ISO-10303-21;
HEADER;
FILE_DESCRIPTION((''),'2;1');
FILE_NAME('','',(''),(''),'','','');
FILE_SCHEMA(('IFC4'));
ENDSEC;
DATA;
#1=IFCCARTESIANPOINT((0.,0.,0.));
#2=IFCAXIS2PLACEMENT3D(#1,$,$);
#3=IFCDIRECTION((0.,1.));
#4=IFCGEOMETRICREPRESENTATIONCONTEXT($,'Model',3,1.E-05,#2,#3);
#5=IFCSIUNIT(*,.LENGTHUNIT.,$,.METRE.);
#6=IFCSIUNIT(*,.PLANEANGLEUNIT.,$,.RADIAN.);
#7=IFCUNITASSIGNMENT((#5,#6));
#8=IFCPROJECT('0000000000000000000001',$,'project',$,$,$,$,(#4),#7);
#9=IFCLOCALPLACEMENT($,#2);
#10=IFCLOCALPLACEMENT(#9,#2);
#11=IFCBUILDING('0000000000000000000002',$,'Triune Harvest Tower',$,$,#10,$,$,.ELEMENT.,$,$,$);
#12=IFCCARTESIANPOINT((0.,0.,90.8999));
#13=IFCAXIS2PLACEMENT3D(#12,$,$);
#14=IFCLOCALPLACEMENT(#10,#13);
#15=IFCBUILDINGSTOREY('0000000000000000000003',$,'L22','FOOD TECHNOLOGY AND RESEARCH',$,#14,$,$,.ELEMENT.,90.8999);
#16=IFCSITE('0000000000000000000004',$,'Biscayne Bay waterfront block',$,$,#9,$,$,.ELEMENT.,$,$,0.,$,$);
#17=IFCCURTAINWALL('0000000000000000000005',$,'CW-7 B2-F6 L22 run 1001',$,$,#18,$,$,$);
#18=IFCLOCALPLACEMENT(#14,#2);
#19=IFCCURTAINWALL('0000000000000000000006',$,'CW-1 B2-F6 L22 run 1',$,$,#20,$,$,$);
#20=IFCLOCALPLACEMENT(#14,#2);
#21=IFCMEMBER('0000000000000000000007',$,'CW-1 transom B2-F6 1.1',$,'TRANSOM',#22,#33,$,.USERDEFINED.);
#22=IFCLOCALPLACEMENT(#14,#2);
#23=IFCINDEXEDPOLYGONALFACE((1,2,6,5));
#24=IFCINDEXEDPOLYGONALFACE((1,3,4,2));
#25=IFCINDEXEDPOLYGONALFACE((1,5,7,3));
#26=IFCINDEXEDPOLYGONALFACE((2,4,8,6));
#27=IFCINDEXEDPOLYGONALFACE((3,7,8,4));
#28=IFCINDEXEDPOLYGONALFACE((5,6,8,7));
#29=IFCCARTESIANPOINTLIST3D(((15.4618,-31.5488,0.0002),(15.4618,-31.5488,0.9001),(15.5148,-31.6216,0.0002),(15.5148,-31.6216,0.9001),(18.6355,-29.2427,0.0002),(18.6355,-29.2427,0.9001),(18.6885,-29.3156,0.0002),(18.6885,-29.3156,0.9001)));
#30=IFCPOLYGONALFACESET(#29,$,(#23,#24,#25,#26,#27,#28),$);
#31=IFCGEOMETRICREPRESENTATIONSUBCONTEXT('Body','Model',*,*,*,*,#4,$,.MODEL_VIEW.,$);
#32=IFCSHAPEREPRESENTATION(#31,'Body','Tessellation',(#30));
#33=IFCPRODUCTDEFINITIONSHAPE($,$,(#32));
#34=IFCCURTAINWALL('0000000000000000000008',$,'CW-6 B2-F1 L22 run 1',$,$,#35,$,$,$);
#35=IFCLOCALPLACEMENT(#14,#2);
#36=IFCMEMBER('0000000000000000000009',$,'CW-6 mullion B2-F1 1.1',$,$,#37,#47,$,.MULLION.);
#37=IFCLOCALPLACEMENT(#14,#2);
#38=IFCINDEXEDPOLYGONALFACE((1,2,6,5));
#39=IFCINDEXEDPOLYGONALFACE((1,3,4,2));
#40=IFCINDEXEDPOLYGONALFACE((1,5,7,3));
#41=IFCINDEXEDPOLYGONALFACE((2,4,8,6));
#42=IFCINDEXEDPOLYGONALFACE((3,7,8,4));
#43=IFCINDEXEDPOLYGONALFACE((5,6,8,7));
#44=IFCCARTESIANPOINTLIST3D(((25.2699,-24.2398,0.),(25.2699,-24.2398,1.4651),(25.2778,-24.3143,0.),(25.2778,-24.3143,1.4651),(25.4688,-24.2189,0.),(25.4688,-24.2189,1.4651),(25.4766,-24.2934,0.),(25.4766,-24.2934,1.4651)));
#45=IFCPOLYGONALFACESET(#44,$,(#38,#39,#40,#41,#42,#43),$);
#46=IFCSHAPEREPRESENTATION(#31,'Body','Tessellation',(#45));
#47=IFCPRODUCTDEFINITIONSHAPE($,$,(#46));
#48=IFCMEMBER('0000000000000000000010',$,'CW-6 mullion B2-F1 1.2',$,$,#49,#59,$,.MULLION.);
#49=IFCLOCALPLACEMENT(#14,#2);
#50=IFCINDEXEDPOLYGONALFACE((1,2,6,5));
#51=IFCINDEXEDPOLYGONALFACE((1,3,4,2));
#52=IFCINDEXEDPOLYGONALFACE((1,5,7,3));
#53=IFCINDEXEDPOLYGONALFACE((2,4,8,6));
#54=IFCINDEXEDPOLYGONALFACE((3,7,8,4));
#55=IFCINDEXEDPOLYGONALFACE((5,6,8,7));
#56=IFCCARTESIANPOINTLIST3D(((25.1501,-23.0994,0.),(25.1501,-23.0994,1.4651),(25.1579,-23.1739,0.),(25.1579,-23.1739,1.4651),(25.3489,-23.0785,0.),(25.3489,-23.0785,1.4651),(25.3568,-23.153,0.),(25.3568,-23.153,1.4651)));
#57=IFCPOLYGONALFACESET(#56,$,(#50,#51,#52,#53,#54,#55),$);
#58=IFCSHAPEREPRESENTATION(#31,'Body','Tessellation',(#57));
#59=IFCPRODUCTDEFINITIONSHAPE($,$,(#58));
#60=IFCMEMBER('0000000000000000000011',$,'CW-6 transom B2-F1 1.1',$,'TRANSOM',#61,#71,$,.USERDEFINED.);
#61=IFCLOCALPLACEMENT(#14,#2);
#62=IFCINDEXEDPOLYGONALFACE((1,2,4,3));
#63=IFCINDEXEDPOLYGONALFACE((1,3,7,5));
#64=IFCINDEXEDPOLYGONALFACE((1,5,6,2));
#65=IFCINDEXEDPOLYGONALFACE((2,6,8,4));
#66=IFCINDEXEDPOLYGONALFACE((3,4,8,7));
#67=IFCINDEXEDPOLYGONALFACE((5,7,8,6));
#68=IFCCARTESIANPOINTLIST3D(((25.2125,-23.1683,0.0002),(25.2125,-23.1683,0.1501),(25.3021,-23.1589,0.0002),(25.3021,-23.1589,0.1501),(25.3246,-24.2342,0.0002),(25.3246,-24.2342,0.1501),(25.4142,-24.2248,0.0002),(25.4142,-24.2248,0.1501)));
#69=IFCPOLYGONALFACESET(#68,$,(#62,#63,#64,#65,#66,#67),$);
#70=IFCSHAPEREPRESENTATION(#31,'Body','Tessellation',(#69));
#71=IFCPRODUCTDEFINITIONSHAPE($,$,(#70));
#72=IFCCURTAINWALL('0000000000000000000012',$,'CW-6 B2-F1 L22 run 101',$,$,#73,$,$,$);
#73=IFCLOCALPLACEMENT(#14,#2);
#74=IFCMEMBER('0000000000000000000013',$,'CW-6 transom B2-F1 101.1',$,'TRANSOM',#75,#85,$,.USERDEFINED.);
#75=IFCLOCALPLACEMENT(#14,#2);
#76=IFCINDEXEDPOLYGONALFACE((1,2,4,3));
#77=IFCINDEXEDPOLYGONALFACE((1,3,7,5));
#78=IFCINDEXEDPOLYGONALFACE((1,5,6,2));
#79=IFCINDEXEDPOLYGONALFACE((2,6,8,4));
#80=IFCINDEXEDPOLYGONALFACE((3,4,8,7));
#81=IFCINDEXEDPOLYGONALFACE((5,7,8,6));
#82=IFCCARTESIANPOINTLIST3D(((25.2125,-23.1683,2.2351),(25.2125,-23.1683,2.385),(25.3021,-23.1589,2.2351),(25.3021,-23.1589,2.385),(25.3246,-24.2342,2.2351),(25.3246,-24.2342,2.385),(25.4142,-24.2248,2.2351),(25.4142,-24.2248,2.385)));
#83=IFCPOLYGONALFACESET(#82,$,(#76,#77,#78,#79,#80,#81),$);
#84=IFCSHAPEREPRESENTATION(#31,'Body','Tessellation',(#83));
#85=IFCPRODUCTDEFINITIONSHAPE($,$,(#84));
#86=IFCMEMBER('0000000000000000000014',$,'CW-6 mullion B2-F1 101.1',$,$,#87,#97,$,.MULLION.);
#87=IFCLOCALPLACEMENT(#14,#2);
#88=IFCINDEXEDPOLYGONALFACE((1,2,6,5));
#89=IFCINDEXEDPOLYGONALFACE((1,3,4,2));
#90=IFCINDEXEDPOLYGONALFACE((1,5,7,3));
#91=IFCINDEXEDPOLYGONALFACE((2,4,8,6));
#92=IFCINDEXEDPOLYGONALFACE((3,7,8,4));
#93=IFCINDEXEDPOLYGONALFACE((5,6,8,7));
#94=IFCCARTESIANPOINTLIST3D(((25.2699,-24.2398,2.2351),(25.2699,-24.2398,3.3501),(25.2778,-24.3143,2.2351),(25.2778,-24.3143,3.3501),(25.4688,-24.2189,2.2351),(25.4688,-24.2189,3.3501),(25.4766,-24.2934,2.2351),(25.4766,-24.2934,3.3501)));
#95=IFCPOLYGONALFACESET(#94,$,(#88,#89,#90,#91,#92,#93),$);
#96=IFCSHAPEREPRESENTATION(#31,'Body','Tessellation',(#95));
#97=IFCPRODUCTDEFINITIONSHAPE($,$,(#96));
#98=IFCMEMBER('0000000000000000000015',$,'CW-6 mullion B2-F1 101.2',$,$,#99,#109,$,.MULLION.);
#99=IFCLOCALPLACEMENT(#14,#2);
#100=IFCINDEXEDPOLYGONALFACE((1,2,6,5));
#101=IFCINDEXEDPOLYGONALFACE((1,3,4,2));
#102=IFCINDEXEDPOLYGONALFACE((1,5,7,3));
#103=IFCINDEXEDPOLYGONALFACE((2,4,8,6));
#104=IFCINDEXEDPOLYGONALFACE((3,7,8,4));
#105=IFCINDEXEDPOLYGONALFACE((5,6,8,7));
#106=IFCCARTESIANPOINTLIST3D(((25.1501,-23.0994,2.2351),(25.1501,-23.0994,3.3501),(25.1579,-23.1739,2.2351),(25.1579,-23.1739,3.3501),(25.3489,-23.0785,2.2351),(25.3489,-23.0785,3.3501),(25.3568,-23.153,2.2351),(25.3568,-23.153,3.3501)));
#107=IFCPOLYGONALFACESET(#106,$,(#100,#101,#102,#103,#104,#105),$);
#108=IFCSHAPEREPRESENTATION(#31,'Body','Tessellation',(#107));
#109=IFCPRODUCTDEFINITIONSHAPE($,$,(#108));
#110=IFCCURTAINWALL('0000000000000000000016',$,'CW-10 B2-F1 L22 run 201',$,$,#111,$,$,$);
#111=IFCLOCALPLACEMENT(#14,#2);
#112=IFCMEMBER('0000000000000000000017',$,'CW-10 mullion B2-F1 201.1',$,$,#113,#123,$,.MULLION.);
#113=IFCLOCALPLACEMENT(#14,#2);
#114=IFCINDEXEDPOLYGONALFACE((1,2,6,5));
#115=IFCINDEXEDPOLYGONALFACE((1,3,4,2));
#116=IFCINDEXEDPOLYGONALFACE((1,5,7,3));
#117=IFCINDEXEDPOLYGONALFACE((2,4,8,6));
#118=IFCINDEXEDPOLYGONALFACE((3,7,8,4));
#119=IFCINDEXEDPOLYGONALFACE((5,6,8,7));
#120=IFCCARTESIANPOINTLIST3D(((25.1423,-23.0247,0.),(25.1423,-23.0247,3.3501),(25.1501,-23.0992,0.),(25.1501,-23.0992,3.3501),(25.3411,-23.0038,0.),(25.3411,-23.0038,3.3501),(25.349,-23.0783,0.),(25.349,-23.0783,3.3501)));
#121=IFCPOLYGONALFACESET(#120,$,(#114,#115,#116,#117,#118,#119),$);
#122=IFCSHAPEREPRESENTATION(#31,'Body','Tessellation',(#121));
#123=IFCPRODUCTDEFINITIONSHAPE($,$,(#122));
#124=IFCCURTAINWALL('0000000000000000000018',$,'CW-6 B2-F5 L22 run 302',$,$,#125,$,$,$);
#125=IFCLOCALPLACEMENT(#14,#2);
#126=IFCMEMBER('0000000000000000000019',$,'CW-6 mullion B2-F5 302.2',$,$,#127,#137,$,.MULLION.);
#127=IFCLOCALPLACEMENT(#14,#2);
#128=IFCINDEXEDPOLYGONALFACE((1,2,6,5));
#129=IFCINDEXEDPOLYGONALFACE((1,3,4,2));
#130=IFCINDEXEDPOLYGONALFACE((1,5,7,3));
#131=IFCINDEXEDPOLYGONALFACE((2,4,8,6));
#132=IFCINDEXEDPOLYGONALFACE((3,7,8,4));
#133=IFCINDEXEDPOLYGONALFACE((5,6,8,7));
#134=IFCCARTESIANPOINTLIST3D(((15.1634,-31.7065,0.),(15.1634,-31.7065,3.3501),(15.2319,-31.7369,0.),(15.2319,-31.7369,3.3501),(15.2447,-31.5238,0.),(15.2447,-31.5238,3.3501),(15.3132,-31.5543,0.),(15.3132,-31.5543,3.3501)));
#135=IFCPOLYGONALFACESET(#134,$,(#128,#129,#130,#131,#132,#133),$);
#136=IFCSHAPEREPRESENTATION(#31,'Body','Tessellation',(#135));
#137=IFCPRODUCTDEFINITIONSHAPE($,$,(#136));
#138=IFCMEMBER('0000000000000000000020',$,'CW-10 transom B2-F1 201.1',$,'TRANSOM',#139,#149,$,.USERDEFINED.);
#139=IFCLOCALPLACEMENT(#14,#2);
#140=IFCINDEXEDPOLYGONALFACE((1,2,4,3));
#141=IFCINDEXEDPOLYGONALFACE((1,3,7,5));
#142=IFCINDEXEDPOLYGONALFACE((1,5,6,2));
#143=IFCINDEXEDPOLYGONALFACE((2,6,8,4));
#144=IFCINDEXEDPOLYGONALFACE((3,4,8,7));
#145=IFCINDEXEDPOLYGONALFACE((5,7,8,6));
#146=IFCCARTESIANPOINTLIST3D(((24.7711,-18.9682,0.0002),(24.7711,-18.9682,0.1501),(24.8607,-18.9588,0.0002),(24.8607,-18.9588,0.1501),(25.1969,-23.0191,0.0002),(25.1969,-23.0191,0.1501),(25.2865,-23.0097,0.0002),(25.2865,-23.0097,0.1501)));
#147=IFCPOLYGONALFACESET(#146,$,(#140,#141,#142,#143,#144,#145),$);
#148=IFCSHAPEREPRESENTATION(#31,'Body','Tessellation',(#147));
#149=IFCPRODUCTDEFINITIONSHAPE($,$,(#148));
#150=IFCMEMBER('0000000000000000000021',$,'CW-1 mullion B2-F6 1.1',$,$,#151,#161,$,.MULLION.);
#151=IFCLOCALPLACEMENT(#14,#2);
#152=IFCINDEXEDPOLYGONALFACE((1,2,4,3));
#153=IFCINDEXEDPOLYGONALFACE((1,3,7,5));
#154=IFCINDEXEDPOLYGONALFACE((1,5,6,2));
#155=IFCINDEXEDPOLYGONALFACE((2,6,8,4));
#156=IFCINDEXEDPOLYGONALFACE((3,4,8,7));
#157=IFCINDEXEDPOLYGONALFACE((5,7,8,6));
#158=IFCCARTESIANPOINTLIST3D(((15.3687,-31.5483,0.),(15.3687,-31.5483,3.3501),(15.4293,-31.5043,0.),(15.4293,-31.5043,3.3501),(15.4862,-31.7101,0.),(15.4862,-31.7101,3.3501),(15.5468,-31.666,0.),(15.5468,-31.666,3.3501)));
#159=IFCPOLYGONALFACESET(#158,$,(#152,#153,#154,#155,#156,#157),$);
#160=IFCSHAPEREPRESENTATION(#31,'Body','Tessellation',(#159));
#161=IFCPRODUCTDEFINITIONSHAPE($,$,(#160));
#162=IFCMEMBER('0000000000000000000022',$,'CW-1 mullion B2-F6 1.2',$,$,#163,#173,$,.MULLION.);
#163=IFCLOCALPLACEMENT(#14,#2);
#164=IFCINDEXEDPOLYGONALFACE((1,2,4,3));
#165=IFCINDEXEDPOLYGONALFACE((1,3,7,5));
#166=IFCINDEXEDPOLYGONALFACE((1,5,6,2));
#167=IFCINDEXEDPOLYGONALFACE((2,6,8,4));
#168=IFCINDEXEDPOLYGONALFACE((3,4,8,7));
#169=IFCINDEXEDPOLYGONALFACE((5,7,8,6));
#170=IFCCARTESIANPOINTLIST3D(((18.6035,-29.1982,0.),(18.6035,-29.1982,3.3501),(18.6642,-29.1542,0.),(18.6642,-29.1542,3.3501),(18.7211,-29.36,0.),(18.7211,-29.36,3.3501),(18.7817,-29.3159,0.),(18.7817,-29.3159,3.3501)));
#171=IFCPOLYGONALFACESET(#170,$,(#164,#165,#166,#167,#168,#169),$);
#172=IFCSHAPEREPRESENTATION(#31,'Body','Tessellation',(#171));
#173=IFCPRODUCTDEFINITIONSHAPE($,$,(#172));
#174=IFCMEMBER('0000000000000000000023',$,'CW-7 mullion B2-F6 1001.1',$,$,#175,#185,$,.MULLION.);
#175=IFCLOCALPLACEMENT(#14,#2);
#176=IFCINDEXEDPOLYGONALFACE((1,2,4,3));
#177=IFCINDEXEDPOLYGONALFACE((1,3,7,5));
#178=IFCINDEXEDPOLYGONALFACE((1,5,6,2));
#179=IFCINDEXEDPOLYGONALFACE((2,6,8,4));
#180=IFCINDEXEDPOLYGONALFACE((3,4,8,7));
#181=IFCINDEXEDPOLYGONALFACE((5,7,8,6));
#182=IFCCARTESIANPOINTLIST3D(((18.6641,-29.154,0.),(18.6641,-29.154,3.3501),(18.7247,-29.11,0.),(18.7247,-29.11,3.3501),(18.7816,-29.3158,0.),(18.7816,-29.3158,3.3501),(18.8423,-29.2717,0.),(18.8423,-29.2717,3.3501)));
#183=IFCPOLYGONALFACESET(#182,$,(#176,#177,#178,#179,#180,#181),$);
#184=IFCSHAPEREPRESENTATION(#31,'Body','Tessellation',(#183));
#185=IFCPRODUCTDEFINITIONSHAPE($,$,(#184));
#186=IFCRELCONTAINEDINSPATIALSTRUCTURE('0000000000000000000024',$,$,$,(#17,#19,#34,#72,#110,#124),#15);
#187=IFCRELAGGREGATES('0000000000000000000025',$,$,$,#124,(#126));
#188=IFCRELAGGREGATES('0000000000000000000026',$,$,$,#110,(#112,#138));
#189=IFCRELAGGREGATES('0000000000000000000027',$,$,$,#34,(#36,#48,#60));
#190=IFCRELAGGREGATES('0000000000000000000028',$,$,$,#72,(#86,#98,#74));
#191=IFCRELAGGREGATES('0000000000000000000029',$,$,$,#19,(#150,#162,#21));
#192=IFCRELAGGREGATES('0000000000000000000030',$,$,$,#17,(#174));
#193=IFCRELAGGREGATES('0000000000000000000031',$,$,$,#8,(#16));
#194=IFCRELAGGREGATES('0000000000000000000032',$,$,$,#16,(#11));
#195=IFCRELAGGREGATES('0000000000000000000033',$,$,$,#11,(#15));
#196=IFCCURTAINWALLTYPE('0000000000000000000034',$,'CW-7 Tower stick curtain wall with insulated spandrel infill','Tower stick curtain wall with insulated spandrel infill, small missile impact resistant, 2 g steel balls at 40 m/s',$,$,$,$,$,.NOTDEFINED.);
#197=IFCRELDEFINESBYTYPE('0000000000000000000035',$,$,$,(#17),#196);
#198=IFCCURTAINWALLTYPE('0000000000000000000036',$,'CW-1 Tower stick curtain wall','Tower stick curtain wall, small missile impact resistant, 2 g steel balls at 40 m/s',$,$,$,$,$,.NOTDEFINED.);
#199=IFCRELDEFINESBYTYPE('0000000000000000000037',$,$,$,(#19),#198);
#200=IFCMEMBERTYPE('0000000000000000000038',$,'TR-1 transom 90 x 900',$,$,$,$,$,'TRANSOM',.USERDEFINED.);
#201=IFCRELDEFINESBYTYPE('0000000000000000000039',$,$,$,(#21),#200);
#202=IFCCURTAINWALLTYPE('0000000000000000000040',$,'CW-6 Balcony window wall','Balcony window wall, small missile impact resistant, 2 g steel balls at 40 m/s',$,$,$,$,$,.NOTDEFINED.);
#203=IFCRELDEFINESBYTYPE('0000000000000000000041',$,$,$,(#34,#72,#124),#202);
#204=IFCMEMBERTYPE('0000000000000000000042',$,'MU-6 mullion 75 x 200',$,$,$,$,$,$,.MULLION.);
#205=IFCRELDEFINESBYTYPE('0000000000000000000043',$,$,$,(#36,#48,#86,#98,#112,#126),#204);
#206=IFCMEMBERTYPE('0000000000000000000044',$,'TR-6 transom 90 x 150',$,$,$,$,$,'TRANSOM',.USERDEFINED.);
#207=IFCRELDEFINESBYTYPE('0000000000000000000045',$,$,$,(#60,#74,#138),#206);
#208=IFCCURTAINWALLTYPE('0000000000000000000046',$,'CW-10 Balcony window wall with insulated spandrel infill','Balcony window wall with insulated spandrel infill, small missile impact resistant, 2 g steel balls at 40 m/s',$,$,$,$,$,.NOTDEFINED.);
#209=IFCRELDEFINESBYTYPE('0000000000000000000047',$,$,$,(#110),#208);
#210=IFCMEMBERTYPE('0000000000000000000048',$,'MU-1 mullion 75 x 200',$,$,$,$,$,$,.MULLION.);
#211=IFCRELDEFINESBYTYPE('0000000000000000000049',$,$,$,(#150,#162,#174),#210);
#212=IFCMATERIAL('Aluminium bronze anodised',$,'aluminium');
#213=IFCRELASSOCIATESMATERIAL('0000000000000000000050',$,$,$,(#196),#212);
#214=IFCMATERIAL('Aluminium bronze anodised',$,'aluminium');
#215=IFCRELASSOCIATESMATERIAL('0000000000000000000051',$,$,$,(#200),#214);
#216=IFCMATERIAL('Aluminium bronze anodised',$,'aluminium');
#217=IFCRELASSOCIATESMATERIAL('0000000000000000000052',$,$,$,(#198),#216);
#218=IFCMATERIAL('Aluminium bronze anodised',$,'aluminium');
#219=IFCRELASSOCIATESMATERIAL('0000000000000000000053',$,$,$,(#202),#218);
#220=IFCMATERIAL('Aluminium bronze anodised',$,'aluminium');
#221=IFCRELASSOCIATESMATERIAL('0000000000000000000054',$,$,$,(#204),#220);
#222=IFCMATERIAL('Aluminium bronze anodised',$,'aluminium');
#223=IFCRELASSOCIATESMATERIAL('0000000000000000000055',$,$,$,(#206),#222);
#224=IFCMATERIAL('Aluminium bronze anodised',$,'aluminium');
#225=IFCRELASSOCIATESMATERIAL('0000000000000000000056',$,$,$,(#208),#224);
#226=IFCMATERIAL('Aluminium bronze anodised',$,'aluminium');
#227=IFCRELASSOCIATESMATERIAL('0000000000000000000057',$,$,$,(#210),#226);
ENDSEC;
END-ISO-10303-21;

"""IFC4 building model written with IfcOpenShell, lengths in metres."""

from ifc_helpers import new_model, si_unit, direction, frame, origin, origin_2d, place, context, subcontext, project, spatial, rectangle, extrude, source, transform, mapped, material, material_profile, profile_set, type_object, element, aggregate, save


model = new_model("IFC4")

# Units and contexts
model_context = context("Model", 3, precision=1e-05, world=origin(), true_north=direction((0.0, 1.0)))
body_context = subcontext(model_context, "Body", "Model", "MODEL_VIEW")
ifc_project = project(units=[si_unit("LENGTHUNIT", "METRE"), si_unit("PLANEANGLEUNIT", "RADIAN")], contexts=[model_context])

# Site, building, storey
site_placement = place(None, origin())
site = spatial("IfcSite", under=ifc_project, at=site_placement, Name="Biscayne Bay waterfront block", CompositionType="ELEMENT", RefElevation=0.0)
building_placement = place(site_placement, origin())
building = spatial("IfcBuilding", under=site, at=building_placement, Name="Triune Harvest Tower", CompositionType="ELEMENT")
storey_placement = place(building_placement, frame((0.0, 0.0, 90.8999)))
storey = spatial("IfcBuildingStorey", under=building, at=storey_placement, Name="L22", Description="FOOD TECHNOLOGY AND RESEARCH", CompositionType="ELEMENT", Elevation=90.8999)

# Curtain walls, member
ifc_material_1 = material(Name="Aluminium bronze anodised", Category="aluminium")
curtain_wall_type_1 = type_object("IfcCurtainWallType", Name="CW-7 Tower stick curtain wall with insulated spandrel infill", Description="Tower stick curtain wall with insulated spandrel infill, small missile impact resistant, 2 g steel balls at 40 m/s", PredefinedType="NOTDEFINED", material=ifc_material_1)
curtain_wall_1_placement = place(storey_placement, origin())
curtain_wall_1 = element("IfcCurtainWall", 1, at=curtain_wall_1_placement, inside=storey, type_object=curtain_wall_type_1, Name="CW-7 B2-F6 L22 run 1001")
ifc_material_2 = material(Name="Aluminium bronze anodised", Category="aluminium")
ifc_material_profile_1 = material_profile(ifc_material_2, rectangle(XDim=0.0901, YDim=0.8999, at=origin_2d()), Name="TR-1 transom 90 x 900")
ifc_profile_set_1 = profile_set([ifc_material_profile_1], Name="Aluminium bronze anodised")
member_type_1 = type_object("IfcMemberType", Name="TR-1 transom 90 x 900", ElementType="TRANSOM", PredefinedType="USERDEFINED", material=ifc_profile_set_1)
ifc_material_3 = material(Name="Aluminium bronze anodised", Category="aluminium")
curtain_wall_type_2 = type_object("IfcCurtainWallType", Name="CW-1 Tower stick curtain wall", Description="Tower stick curtain wall, small missile impact resistant, 2 g steel balls at 40 m/s", PredefinedType="NOTDEFINED", material=ifc_material_3)
curtain_wall_2_placement = place(storey_placement, origin())
curtain_wall_2 = element("IfcCurtainWall", 2, at=curtain_wall_2_placement, inside=storey, type_object=curtain_wall_type_2, Name="CW-1 B2-F6 L22 run 1")
shared_shape_1 = source(origin(), body_context, "Body", "SweptSolid", [
    extrude(rectangle(XDim=0.0901, YDim=0.8999, at=origin_2d()), origin(), (0.0, 0.0, 1.0), 3.9231),
])
member_1_placement = place(storey_placement, frame((15.4883, -31.5852, 0.4502), z_axis=(0.808989, 0.587824, 0.0), x_axis=(-0.587824, 0.808989, 0.0)))
member_1 = element("IfcMember", 3, at=member_1_placement, type_object=member_type_1, Name="CW-1 transom B2-F6 1.1", ObjectType="TRANSOM", PredefinedType="USERDEFINED", context=body_context, shape_type="MappedRepresentation", body=[
    mapped(shared_shape_1, transform((0.0, 0.0, 0.0), scale=1.0)),
])

# Curtain walls, members
ifc_material_4 = material(Name="Aluminium bronze anodised", Category="aluminium")
curtain_wall_type_3 = type_object("IfcCurtainWallType", Name="CW-6 Balcony window wall", Description="Balcony window wall, small missile impact resistant, 2 g steel balls at 40 m/s", PredefinedType="NOTDEFINED", material=ifc_material_4)
curtain_wall_3_placement = place(storey_placement, origin())
curtain_wall_3 = element("IfcCurtainWall", 4, at=curtain_wall_3_placement, inside=storey, type_object=curtain_wall_type_3, Name="CW-6 B2-F1 L22 run 1")
ifc_material_5 = material(Name="Aluminium bronze anodised", Category="aluminium")
ifc_material_profile_2 = material_profile(ifc_material_5, rectangle(XDim=0.2, YDim=0.075, at=origin_2d()), Name="MU-6 mullion 75 x 200")
ifc_profile_set_2 = profile_set([ifc_material_profile_2], Name="Aluminium bronze anodised")
member_type_2 = type_object("IfcMemberType", Name="MU-6 mullion 75 x 200", PredefinedType="MULLION", material=ifc_profile_set_2)
shared_shape_2 = source(origin(), body_context, "Body", "SweptSolid", [
    extrude(rectangle(XDim=0.2, YDim=0.075, at=origin_2d()), origin(), (0.0, 0.0, 1.0), 1.4651),
])
member_2_placement = place(storey_placement, frame((25.3733, -24.2666, 0.0), z_axis=(0.0, 0.0, 1.0), x_axis=(-0.994523, -0.104519, 0.0)))
member_2 = element("IfcMember", 5, at=member_2_placement, type_object=member_type_2, Name="CW-6 mullion B2-F1 1.1", PredefinedType="MULLION", context=body_context, shape_type="MappedRepresentation", body=[
    mapped(shared_shape_2, transform((0.0, 0.0, 0.0), scale=1.0)),
])
member_3_placement = place(storey_placement, frame((25.2534, -23.1262, 0.0), z_axis=(0.0, 0.0, 1.0), x_axis=(-0.994523, -0.104519, 0.0)))
member_3 = element("IfcMember", 6, at=member_3_placement, type_object=member_type_2, Name="CW-6 mullion B2-F1 1.2", PredefinedType="MULLION", context=body_context, shape_type="MappedRepresentation", body=[
    mapped(shared_shape_2, transform((0.0, 0.0, 0.0), scale=1.0)),
])
ifc_material_6 = material(Name="Aluminium bronze anodised", Category="aluminium")
ifc_material_profile_3 = material_profile(ifc_material_6, rectangle(XDim=0.0901, YDim=0.1499, at=origin_2d()), Name="TR-6 transom 90 x 150")
ifc_profile_set_3 = profile_set([ifc_material_profile_3], Name="Aluminium bronze anodised")
member_type_3 = type_object("IfcMemberType", Name="TR-6 transom 90 x 150", ElementType="TRANSOM", PredefinedType="USERDEFINED", material=ifc_profile_set_3)
shared_shape_3 = source(origin(), body_context, "Body", "SweptSolid", [
    extrude(rectangle(XDim=0.0901, YDim=0.1499, at=origin_2d()), origin(), (0.0, 0.0, 1.0), 1.0718),
])
member_4_placement = place(storey_placement, frame((25.3694, -24.2295, 0.0752), z_axis=(-0.104554, 0.994519, 0.0), x_axis=(-0.994519, -0.104554, 0.0)))
member_4 = element("IfcMember", 7, at=member_4_placement, type_object=member_type_3, Name="CW-6 transom B2-F1 1.1", ObjectType="TRANSOM", PredefinedType="USERDEFINED", context=body_context, shape_type="MappedRepresentation", body=[
    mapped(shared_shape_3, transform((0.0, 0.0, 0.0), scale=1.0)),
])
curtain_wall_4_placement = place(storey_placement, origin())
curtain_wall_4 = element("IfcCurtainWall", 8, at=curtain_wall_4_placement, inside=storey, type_object=curtain_wall_type_3, Name="CW-6 B2-F1 L22 run 101")
member_5_placement = place(storey_placement, frame((25.3694, -24.2295, 2.3101), z_axis=(-0.104554, 0.994519, 0.0), x_axis=(-0.994519, -0.104554, 0.0)))
member_5 = element("IfcMember", 9, at=member_5_placement, type_object=member_type_3, Name="CW-6 transom B2-F1 101.1", ObjectType="TRANSOM", PredefinedType="USERDEFINED", context=body_context, shape_type="MappedRepresentation", body=[
    mapped(shared_shape_3, transform((0.0, 0.0, 0.0), scale=1.0)),
])
shared_shape_4 = source(origin(), body_context, "Body", "SweptSolid", [
    extrude(rectangle(XDim=0.2, YDim=0.075, at=origin_2d()), origin(), (0.0, 0.0, 1.0), 1.115),
])
member_6_placement = place(storey_placement, frame((25.3733, -24.2666, 2.2351), z_axis=(0.0, 0.0, 1.0), x_axis=(-0.994523, -0.104519, 0.0)))
member_6 = element("IfcMember", 10, at=member_6_placement, type_object=member_type_2, Name="CW-6 mullion B2-F1 101.1", PredefinedType="MULLION", context=body_context, shape_type="MappedRepresentation", body=[
    mapped(shared_shape_4, transform((0.0, 0.0, 0.0), scale=1.0)),
])
member_7_placement = place(storey_placement, frame((25.2534, -23.1262, 2.2351), z_axis=(0.0, 0.0, 1.0), x_axis=(-0.994523, -0.104519, 0.0)))
member_7 = element("IfcMember", 11, at=member_7_placement, type_object=member_type_2, Name="CW-6 mullion B2-F1 101.2", PredefinedType="MULLION", context=body_context, shape_type="MappedRepresentation", body=[
    mapped(shared_shape_4, transform((0.0, 0.0, 0.0), scale=1.0)),
])

# Curtain walls, members
ifc_material_7 = material(Name="Aluminium bronze anodised", Category="aluminium")
curtain_wall_type_4 = type_object("IfcCurtainWallType", Name="CW-10 Balcony window wall with insulated spandrel infill", Description="Balcony window wall with insulated spandrel infill, small missile impact resistant, 2 g steel balls at 40 m/s", PredefinedType="NOTDEFINED", material=ifc_material_7)
curtain_wall_5_placement = place(storey_placement, origin())
curtain_wall_5 = element("IfcCurtainWall", 12, at=curtain_wall_5_placement, inside=storey, type_object=curtain_wall_type_4, Name="CW-10 B2-F1 L22 run 201")
shared_shape_5 = source(origin(), body_context, "Body", "SweptSolid", [
    extrude(rectangle(XDim=0.2, YDim=0.075, at=origin_2d()), origin(), (0.0, 0.0, 1.0), 3.3501),
])
member_8_placement = place(storey_placement, frame((25.2456, -23.0515, 0.0), z_axis=(0.0, 0.0, 1.0), x_axis=(-0.994523, -0.104517, 0.0)))
member_8 = element("IfcMember", 13, at=member_8_placement, type_object=member_type_2, Name="CW-10 mullion B2-F1 201.1", PredefinedType="MULLION", context=body_context, shape_type="MappedRepresentation", body=[
    mapped(shared_shape_5, transform((0.0, 0.0, 0.0), scale=1.0)),
])
curtain_wall_6_placement = place(storey_placement, origin())
curtain_wall_6 = element("IfcCurtainWall", 14, at=curtain_wall_6_placement, inside=storey, type_object=curtain_wall_type_3, Name="CW-6 B2-F5 L22 run 302")
member_9_placement = place(storey_placement, frame((15.2383, -31.6304, 0.0), z_axis=(0.0, 0.0, 1.0), x_axis=(0.406754, 0.913538, 0.0)))
member_9 = element("IfcMember", 15, at=member_9_placement, type_object=member_type_2, Name="CW-6 mullion B2-F5 302.2", PredefinedType="MULLION", context=body_context, shape_type="MappedRepresentation", body=[
    mapped(shared_shape_5, transform((0.0, 0.0, 0.0), scale=1.0)),
])
aggregate(curtain_wall_6, [member_9])

# Members
shared_shape_6 = source(origin(), body_context, "Body", "SweptSolid", [
    extrude(rectangle(XDim=0.0901, YDim=0.1499, at=origin_2d()), origin(), (0.0, 0.0, 1.0), 4.0732),
])
member_10_placement = place(storey_placement, frame((25.2417, -23.0144, 0.0752), z_axis=(-0.104529, 0.994522, 0.0), x_axis=(-0.994522, -0.104529, 0.0)))
member_10 = element("IfcMember", 16, at=member_10_placement, type_object=member_type_3, Name="CW-10 transom B2-F1 201.1", ObjectType="TRANSOM", PredefinedType="USERDEFINED", context=body_context, shape_type="MappedRepresentation", body=[
    mapped(shared_shape_6, transform((0.0, 0.0, 0.0), scale=1.0)),
])
aggregate(curtain_wall_5, [member_8, member_10])
ifc_material_8 = material(Name="Aluminium bronze anodised", Category="aluminium")
ifc_material_profile_4 = material_profile(ifc_material_8, rectangle(XDim=0.2, YDim=0.075, at=origin_2d()), Name="MU-1 mullion 75 x 200")
ifc_profile_set_4 = profile_set([ifc_material_profile_4], Name="Aluminium bronze anodised")
member_type_4 = type_object("IfcMemberType", Name="MU-1 mullion 75 x 200", PredefinedType="MULLION", material=ifc_profile_set_4)
shared_shape_7 = source(origin(), body_context, "Body", "SweptSolid", [
    extrude(rectangle(XDim=0.2, YDim=0.075, at=origin_2d()), origin(), (0.0, 0.0, 1.0), 3.3501),
])
member_11_placement = place(storey_placement, frame((15.4578, -31.6072, 0.0), z_axis=(0.0, 0.0, 1.0), x_axis=(-0.587795, 0.80901, 0.0)))
member_11 = element("IfcMember", 17, at=member_11_placement, type_object=member_type_4, Name="CW-1 mullion B2-F6 1.1", PredefinedType="MULLION", context=body_context, shape_type="MappedRepresentation", body=[
    mapped(shared_shape_7, transform((0.0, 0.0, 0.0), scale=1.0)),
])
member_12_placement = place(storey_placement, frame((18.6926, -29.2571, 0.0), z_axis=(0.0, 0.0, 1.0), x_axis=(-0.587795, 0.80901, 0.0)))
member_12 = element("IfcMember", 18, at=member_12_placement, type_object=member_type_4, Name="CW-1 mullion B2-F6 1.2", PredefinedType="MULLION", context=body_context, shape_type="MappedRepresentation", body=[
    mapped(shared_shape_7, transform((0.0, 0.0, 0.0), scale=1.0)),
])
member_13_placement = place(storey_placement, frame((18.7532, -29.2129, 0.0), z_axis=(0.0, 0.0, 1.0), x_axis=(-0.587788, 0.809015, 0.0)))
member_13 = element("IfcMember", 19, at=member_13_placement, type_object=member_type_4, Name="CW-7 mullion B2-F6 1001.1", PredefinedType="MULLION", context=body_context, shape_type="MappedRepresentation", body=[
    mapped(shared_shape_7, transform((0.0, 0.0, 0.0), scale=1.0)),
])

aggregate(curtain_wall_3, [member_2, member_3, member_4])
aggregate(curtain_wall_4, [member_6, member_7, member_5])
aggregate(curtain_wall_2, [member_11, member_12, member_1])
aggregate(curtain_wall_1, [member_13])

save(model, "model.ifc")
